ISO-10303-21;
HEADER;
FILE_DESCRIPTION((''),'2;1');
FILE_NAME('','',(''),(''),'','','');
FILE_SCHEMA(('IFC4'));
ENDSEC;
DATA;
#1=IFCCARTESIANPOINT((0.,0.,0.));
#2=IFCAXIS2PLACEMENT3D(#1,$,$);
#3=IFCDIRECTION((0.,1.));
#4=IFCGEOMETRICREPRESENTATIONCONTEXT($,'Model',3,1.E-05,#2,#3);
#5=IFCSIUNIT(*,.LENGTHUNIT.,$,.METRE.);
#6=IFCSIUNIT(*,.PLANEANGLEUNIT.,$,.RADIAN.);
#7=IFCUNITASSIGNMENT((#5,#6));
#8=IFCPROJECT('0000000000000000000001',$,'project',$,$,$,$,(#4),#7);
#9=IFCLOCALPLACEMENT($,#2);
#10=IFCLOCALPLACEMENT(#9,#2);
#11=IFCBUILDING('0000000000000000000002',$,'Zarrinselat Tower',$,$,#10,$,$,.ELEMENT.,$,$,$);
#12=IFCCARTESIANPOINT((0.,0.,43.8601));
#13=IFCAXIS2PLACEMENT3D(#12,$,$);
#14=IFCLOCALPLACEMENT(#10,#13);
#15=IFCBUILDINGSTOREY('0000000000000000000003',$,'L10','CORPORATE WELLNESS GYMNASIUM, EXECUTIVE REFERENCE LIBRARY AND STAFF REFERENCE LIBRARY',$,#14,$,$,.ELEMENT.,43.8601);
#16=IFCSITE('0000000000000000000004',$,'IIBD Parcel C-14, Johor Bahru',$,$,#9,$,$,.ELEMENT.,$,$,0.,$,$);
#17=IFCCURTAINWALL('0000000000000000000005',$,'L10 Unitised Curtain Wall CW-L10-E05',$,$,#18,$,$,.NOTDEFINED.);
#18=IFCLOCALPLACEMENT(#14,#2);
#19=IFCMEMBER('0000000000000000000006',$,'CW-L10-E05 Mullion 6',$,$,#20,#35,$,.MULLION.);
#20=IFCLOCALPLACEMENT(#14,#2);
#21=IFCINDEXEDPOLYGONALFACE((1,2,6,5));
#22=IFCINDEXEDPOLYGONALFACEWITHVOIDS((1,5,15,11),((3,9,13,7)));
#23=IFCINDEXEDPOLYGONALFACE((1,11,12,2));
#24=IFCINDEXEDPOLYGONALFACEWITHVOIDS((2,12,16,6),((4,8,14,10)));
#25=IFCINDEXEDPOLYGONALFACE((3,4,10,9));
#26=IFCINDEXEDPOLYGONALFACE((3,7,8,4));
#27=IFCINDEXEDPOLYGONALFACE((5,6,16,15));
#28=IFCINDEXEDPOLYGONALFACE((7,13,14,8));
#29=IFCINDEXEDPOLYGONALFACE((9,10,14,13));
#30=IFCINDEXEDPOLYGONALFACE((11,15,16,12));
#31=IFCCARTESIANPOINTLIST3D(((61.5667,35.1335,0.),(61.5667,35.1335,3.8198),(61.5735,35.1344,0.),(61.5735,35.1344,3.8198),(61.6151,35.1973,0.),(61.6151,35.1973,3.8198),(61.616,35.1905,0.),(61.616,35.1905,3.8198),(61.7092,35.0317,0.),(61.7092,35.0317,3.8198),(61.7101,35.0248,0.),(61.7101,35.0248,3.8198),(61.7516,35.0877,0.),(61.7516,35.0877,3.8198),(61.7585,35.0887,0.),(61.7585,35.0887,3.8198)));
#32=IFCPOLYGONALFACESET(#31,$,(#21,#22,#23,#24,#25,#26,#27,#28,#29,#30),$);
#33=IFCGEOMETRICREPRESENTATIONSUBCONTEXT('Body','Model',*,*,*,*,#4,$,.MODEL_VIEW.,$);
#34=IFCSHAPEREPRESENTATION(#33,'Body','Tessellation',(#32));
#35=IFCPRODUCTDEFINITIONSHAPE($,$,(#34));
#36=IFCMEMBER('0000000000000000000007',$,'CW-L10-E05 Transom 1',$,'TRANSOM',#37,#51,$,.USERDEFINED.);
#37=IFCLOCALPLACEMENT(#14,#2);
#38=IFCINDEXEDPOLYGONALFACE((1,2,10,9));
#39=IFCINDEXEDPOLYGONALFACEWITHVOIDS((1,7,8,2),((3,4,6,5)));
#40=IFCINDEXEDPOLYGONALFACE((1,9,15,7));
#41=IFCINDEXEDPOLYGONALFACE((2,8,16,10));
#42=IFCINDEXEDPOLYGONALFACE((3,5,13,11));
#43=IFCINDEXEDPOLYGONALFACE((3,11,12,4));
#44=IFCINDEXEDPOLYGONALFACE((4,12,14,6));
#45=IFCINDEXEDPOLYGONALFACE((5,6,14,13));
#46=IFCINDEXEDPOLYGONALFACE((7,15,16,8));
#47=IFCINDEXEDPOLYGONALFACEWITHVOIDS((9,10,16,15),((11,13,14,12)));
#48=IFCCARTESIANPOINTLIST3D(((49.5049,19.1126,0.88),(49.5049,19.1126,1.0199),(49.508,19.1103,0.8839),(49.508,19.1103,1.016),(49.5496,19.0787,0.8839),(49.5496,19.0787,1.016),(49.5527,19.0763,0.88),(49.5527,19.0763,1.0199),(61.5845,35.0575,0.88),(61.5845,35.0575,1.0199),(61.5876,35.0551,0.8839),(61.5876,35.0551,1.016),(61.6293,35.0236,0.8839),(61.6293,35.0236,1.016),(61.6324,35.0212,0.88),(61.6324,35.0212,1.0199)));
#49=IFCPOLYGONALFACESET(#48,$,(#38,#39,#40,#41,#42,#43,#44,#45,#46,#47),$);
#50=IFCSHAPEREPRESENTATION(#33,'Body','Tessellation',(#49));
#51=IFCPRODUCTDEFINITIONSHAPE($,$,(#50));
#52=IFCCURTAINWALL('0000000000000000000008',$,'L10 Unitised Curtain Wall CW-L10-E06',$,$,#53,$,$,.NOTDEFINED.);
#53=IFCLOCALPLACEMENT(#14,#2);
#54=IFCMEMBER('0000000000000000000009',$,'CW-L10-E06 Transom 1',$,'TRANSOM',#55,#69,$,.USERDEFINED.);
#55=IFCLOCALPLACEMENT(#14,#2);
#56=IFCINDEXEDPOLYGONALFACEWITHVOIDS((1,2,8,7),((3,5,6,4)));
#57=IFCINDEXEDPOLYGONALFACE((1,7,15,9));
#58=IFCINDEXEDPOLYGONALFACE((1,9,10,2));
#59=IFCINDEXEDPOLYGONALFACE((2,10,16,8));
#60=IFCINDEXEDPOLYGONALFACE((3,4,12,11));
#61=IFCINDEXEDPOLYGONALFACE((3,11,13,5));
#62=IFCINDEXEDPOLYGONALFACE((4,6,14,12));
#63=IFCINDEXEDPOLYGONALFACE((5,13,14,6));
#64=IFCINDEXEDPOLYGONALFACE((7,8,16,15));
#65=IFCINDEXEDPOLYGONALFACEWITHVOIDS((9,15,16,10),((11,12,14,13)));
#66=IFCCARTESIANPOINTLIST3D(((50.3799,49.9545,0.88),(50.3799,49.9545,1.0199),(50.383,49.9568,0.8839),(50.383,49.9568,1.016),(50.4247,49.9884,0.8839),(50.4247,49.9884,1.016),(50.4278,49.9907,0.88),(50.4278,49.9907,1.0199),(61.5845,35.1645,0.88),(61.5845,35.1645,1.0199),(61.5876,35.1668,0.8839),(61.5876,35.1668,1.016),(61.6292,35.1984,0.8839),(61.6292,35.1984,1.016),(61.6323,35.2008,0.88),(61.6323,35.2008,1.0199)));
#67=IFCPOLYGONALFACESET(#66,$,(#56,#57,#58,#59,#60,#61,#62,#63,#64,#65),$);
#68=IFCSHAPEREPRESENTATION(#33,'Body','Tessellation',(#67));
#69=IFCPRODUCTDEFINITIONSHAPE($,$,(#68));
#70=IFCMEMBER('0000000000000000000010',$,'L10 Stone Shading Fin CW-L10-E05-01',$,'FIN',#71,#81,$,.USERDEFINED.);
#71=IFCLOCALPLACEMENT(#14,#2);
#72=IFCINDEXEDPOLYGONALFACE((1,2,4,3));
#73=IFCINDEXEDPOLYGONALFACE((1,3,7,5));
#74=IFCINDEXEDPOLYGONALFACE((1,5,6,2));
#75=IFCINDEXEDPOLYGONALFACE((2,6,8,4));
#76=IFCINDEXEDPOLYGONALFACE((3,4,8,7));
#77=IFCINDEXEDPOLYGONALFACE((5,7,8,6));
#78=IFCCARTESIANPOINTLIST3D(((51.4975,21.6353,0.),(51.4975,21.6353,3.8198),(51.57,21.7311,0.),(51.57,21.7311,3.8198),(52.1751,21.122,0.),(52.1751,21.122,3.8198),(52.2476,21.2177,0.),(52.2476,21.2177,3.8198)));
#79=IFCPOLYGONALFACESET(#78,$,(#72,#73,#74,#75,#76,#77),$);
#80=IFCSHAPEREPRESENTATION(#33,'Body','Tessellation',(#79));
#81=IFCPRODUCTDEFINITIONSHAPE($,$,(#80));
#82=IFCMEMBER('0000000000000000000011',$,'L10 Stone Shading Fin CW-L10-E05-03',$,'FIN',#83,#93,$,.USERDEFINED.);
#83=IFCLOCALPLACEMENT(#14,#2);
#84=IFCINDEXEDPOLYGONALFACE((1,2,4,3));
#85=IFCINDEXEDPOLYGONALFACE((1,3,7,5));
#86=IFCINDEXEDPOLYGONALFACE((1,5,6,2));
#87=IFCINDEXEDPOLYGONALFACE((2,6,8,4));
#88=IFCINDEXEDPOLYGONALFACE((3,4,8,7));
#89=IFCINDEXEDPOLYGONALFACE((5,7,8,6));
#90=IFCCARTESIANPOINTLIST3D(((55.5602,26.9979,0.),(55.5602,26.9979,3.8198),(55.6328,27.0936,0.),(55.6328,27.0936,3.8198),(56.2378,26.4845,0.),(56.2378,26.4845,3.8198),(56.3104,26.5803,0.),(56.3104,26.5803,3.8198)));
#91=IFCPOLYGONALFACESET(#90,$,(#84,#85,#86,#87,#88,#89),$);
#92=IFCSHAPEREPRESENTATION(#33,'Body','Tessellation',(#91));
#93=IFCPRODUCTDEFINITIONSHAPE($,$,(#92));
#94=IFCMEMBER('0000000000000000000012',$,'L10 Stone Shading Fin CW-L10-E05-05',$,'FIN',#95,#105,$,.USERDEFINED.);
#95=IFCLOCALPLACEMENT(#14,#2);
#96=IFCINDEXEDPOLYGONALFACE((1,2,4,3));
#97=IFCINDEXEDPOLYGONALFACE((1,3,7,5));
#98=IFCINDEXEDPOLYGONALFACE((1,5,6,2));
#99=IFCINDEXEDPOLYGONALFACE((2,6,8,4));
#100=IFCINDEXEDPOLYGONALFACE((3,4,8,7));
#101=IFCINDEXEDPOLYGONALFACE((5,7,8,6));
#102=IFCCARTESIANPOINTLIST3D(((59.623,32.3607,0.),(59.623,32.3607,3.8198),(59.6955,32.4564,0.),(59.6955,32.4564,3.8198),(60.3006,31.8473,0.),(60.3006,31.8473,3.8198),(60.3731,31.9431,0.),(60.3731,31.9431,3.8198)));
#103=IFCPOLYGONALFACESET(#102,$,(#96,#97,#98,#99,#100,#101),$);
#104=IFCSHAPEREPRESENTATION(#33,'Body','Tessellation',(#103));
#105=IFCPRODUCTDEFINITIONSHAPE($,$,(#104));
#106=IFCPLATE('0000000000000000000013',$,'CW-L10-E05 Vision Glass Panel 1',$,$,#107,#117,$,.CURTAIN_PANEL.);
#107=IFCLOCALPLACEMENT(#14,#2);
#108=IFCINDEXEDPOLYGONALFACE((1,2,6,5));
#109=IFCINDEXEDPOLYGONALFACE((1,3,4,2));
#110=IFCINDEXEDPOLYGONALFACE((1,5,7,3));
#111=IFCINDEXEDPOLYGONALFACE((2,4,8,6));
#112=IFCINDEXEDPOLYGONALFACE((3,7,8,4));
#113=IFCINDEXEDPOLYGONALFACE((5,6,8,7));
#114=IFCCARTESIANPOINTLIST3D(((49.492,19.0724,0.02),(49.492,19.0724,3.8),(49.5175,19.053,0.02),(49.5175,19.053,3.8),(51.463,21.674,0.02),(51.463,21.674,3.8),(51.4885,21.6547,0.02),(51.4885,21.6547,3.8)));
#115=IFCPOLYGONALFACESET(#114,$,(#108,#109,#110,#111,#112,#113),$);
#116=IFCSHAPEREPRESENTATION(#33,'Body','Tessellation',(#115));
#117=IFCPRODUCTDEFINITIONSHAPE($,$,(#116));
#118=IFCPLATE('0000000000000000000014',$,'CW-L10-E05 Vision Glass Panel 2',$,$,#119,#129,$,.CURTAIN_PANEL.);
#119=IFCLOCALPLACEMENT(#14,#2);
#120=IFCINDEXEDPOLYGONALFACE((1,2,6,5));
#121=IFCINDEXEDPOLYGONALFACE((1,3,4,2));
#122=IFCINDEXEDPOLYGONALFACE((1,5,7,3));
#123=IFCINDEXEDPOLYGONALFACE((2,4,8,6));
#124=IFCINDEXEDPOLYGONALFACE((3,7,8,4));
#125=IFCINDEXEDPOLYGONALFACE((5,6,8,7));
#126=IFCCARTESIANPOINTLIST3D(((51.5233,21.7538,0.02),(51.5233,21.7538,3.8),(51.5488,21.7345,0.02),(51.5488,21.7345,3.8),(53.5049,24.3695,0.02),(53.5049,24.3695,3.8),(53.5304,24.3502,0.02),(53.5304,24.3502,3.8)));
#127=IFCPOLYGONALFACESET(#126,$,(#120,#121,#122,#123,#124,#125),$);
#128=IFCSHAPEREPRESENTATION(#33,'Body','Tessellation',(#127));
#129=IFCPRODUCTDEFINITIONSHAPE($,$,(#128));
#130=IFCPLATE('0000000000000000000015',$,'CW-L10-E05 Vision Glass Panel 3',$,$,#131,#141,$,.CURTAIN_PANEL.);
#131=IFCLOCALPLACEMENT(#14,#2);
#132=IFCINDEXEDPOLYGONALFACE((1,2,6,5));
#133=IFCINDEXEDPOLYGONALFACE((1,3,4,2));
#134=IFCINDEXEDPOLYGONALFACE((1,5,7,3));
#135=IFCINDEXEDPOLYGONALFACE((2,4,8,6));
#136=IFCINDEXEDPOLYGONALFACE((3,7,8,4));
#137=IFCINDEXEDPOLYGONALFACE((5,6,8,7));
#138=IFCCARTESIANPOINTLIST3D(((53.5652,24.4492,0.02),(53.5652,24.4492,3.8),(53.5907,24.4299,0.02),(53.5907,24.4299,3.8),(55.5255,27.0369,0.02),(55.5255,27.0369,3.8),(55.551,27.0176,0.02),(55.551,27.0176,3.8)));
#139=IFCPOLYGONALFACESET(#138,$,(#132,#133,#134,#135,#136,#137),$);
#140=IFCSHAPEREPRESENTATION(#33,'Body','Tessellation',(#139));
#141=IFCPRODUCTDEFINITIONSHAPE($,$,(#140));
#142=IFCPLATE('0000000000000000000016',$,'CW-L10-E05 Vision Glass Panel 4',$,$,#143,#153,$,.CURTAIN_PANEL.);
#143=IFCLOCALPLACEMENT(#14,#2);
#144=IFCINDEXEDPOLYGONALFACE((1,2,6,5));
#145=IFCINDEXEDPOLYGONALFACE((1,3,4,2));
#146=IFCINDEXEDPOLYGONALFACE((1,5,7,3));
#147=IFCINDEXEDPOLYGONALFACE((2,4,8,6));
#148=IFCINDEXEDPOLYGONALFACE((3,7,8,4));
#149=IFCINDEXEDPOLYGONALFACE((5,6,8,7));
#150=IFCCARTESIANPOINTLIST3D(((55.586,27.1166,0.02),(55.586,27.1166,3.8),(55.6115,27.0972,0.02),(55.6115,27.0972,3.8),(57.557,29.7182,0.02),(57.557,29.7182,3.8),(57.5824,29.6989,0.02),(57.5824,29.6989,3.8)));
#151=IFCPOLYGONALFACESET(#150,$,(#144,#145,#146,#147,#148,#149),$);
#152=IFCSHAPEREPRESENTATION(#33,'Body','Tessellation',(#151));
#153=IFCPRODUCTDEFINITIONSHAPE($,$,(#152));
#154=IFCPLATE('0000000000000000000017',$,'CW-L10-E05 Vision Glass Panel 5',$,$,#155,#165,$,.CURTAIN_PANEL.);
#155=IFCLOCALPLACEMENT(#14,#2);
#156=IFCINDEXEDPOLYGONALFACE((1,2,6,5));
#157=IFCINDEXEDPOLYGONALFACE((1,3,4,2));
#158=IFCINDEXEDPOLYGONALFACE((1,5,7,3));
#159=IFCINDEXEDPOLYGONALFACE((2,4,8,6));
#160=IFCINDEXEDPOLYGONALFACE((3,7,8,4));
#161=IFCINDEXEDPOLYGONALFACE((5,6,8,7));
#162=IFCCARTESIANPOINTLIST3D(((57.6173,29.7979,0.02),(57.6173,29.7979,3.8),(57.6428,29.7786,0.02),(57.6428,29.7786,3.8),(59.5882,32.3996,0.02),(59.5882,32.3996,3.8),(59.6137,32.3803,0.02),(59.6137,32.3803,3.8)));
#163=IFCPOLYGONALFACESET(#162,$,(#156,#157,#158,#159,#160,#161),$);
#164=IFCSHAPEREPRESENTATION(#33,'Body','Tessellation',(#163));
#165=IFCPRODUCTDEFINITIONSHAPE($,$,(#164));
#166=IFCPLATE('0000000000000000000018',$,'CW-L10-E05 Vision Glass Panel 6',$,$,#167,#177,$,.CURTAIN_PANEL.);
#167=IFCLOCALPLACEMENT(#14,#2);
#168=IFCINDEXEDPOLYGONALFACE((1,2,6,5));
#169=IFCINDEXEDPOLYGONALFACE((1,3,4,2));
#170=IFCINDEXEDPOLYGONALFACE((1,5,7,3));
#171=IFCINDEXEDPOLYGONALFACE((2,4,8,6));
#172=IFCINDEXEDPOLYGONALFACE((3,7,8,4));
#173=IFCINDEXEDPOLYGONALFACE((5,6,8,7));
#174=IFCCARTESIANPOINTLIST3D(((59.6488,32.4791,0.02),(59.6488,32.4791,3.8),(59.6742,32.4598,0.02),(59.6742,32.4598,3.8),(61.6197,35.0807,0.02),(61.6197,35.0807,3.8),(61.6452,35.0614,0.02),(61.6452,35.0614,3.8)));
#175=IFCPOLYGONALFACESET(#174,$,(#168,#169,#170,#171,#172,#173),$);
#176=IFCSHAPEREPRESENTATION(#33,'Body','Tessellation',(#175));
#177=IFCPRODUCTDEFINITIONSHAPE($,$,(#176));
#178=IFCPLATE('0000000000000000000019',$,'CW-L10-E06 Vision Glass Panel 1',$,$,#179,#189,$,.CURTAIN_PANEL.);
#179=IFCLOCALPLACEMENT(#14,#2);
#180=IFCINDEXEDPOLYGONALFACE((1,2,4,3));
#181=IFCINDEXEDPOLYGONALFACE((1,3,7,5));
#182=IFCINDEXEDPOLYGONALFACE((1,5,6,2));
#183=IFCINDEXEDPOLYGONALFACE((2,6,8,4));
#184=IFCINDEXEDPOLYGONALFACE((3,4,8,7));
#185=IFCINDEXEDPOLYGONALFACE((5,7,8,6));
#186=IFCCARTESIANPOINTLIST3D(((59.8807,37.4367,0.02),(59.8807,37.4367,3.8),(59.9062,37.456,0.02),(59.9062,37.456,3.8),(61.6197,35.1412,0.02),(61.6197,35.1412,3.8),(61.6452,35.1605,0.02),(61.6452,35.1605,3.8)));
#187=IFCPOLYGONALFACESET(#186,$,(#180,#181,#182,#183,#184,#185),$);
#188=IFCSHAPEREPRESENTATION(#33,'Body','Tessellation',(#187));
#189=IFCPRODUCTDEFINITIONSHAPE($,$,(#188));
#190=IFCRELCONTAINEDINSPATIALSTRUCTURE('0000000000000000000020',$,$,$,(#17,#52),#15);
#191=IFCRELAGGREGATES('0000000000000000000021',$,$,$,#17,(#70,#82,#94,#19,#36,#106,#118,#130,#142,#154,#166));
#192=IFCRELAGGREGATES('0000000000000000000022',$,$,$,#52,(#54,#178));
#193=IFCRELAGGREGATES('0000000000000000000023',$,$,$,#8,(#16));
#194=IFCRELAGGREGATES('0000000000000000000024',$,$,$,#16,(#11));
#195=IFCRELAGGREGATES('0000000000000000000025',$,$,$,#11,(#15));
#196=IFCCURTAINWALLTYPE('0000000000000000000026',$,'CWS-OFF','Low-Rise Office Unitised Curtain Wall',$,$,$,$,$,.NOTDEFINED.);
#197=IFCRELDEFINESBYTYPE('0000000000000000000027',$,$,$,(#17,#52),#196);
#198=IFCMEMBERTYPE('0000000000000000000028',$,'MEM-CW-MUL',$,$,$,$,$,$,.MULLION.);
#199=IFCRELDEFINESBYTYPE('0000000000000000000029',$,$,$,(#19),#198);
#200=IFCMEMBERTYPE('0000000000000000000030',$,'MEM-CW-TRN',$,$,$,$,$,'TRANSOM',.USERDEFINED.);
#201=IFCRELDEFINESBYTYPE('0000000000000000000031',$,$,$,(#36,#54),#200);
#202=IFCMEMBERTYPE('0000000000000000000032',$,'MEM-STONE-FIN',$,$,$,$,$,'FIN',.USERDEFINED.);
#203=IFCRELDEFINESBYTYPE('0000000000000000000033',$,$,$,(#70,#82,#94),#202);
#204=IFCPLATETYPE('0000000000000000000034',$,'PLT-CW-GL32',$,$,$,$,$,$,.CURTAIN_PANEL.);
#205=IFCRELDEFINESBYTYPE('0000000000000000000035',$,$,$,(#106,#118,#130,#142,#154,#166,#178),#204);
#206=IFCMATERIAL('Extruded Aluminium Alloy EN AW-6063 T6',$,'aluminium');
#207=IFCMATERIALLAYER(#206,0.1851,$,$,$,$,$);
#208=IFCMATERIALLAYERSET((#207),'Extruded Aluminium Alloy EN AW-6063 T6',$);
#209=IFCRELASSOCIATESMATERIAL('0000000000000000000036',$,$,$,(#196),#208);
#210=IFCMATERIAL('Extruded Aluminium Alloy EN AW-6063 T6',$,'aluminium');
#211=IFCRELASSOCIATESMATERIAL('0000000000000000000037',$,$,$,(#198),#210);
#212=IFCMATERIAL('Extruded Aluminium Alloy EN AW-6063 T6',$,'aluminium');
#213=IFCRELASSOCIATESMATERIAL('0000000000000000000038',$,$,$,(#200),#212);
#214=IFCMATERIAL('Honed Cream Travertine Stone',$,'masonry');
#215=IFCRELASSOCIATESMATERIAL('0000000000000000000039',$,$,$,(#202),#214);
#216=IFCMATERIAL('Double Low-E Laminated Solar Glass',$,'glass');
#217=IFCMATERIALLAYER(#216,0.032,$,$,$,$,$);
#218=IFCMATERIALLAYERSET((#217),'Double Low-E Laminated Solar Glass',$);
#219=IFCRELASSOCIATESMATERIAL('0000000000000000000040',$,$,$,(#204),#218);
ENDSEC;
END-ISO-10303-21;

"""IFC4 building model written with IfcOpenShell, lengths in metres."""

from ifc_helpers import new_model, si_unit, direction, frame, origin, origin_2d, place, context, subcontext, project, spatial, rectangle, hollow_rectangle, extrude, material, layer, layer_set, material_profile, profile_set, type_object, element, aggregate, save


model = new_model("IFC4")

# Units and contexts
model_context = context("Model", 3, precision=1e-05, world=origin(), true_north=direction((0.0, 1.0)))
body_context = subcontext(model_context, "Body", "Model", "MODEL_VIEW")
ifc_project = project(units=[si_unit("LENGTHUNIT", "METRE"), si_unit("PLANEANGLEUNIT", "RADIAN")], contexts=[model_context])

# Site, building, storey
site_placement = place(None, origin())
site = spatial("IfcSite", under=ifc_project, at=site_placement, Name="IIBD Parcel C-14, Johor Bahru", CompositionType="ELEMENT", RefElevation=0.0)
building_placement = place(site_placement, origin())
building = spatial("IfcBuilding", under=site, at=building_placement, Name="Zarrinselat Tower", CompositionType="ELEMENT")
storey_placement = place(building_placement, frame((0.0, 0.0, 43.8601)))
storey = spatial("IfcBuildingStorey", under=building, at=storey_placement, Name="L10", Description="CORPORATE WELLNESS GYMNASIUM, EXECUTIVE REFERENCE LIBRARY AND STAFF REFERENCE LIBRARY", CompositionType="ELEMENT", Elevation=43.8601)

# Shared definitions
ifc_material_1 = material(Name="Extruded Aluminium Alloy EN AW-6063 T6", Category="aluminium")
ifc_layer_1 = layer(ifc_material_1, 0.1851)
ifc_layer_set_1 = layer_set([ifc_layer_1], Name="Extruded Aluminium Alloy EN AW-6063 T6")
curtain_wall_type = type_object("IfcCurtainWallType", Name="CWS-OFF", Description="Low-Rise Office Unitised Curtain Wall", PredefinedType="NOTDEFINED", material=ifc_layer_set_1)
ifc_material_2 = material(Name="Extruded Aluminium Alloy EN AW-6063 T6", Category="aluminium")
ifc_material_profile_1 = material_profile(ifc_material_2, hollow_rectangle(XDim=0.0801, YDim=0.1799, WallThickness=0.0049, at=origin_2d()), Name="RHS 180x80x5")
ifc_profile_set_1 = profile_set([ifc_material_profile_1], Name="Extruded Aluminium Alloy EN AW-6063 T6")
member_type_1 = type_object("IfcMemberType", Name="MEM-CW-MUL", PredefinedType="MULLION", material=ifc_profile_set_1)

# Curtain wall, members
curtain_wall_1_placement = place(storey_placement, origin())
curtain_wall_1 = element("IfcCurtainWall", 1, at=curtain_wall_1_placement, inside=storey, type_object=curtain_wall_type, Name="L10 Unitised Curtain Wall CW-L10-E05", PredefinedType="NOTDEFINED")
member_1_placement = place(storey_placement, frame((61.6626, 35.1111, 0.0), z_axis=(0.0, 0.0, 1.0), x_axis=(0.603859, 0.797091, 0.0)))
member_1 = element("IfcMember", 2, at=member_1_placement, type_object=member_type_1, Name="CW-L10-E05 Mullion 6", PredefinedType="MULLION", context=body_context, shape_type="SweptSolid", body=[
    extrude(hollow_rectangle(XDim=0.0801, YDim=0.1799, WallThickness=0.0049, at=origin_2d()), origin(), (0.0, 0.0, 1.0), 3.8198),
])
ifc_material_3 = material(Name="Extruded Aluminium Alloy EN AW-6063 T6", Category="aluminium")
ifc_material_profile_2 = material_profile(ifc_material_3, hollow_rectangle(XDim=0.0601, YDim=0.1399, WallThickness=0.0039, at=origin_2d()), Name="RHS 140x60x4")
ifc_profile_set_2 = profile_set([ifc_material_profile_2], Name="Extruded Aluminium Alloy EN AW-6063 T6")
member_type_2 = type_object("IfcMemberType", Name="MEM-CW-TRN", ElementType="TRANSOM", PredefinedType="USERDEFINED", material=ifc_profile_set_2)
member_2_placement = place(storey_placement, frame((49.5288, 19.0945, 0.95), z_axis=(0.603863, 0.797088, 0.0), x_axis=(-0.797088, 0.603863, 0.0)))
member_2 = element("IfcMember", 3, at=member_2_placement, type_object=member_type_2, Name="CW-L10-E05 Transom 1", ObjectType="TRANSOM", PredefinedType="USERDEFINED", context=body_context, shape_type="SweptSolid", body=[
    extrude(hollow_rectangle(XDim=0.0601, YDim=0.1399, WallThickness=0.0039, at=origin_2d()), origin(), (0.0, 0.0, 1.0), 20.0039),
])

# Curtain wall, member
curtain_wall_2_placement = place(storey_placement, origin())
curtain_wall_2 = element("IfcCurtainWall", 4, at=curtain_wall_2_placement, inside=storey, type_object=curtain_wall_type, Name="L10 Unitised Curtain Wall CW-L10-E06", PredefinedType="NOTDEFINED")
member_3_placement = place(storey_placement, frame((61.6084, 35.1826, 0.95), z_axis=(-0.603858, 0.797092, 0.0), x_axis=(-0.797092, -0.603858, 0.0)))
member_3 = element("IfcMember", 5, at=member_3_placement, type_object=member_type_2, Name="CW-L10-E06 Transom 1", ObjectType="TRANSOM", PredefinedType="USERDEFINED", context=body_context, shape_type="SweptSolid", body=[
    extrude(hollow_rectangle(XDim=0.0601, YDim=0.1399, WallThickness=0.0039, at=origin_2d()), origin(), (0.0, 0.0, 1.0), 18.5549),
])

# Members
ifc_material_4 = material(Name="Honed Cream Travertine Stone", Category="masonry")
ifc_material_profile_3 = material_profile(ifc_material_4, rectangle(XDim=0.1201, YDim=0.8501, at=origin_2d()), Name="FIN 850x120")
ifc_profile_set_3 = profile_set([ifc_material_profile_3], Name="Honed Cream Travertine Stone")
member_type_3 = type_object("IfcMemberType", Name="MEM-STONE-FIN", ElementType="FIN", PredefinedType="USERDEFINED", material=ifc_profile_set_3)
member_4_placement = place(storey_placement, frame((51.8726, 21.4265, 0.0), z_axis=(0.0, 0.0, 1.0), x_axis=(-0.603859, -0.797091, 0.0)))
member_4 = element("IfcMember", 6, at=member_4_placement, type_object=member_type_3, Name="L10 Stone Shading Fin CW-L10-E05-01", ObjectType="FIN", PredefinedType="USERDEFINED", context=body_context, shape_type="SweptSolid", body=[
    extrude(rectangle(XDim=0.1201, YDim=0.8501, at=origin_2d()), origin(), (0.0, 0.0, 1.0), 3.8198),
])
member_5_placement = place(storey_placement, frame((55.9353, 26.7891, 0.0), z_axis=(0.0, 0.0, 1.0), x_axis=(-0.603859, -0.797091, 0.0)))
member_5 = element("IfcMember", 7, at=member_5_placement, type_object=member_type_3, Name="L10 Stone Shading Fin CW-L10-E05-03", ObjectType="FIN", PredefinedType="USERDEFINED", context=body_context, shape_type="SweptSolid", body=[
    extrude(rectangle(XDim=0.1201, YDim=0.8501, at=origin_2d()), origin(), (0.0, 0.0, 1.0), 3.8198),
])
member_6_placement = place(storey_placement, frame((59.998, 32.1519, 0.0), z_axis=(0.0, 0.0, 1.0), x_axis=(-0.603859, -0.797091, 0.0)))
member_6 = element("IfcMember", 8, at=member_6_placement, type_object=member_type_3, Name="L10 Stone Shading Fin CW-L10-E05-05", ObjectType="FIN", PredefinedType="USERDEFINED", context=body_context, shape_type="SweptSolid", body=[
    extrude(rectangle(XDim=0.1201, YDim=0.8501, at=origin_2d()), origin(), (0.0, 0.0, 1.0), 3.8198),
])

# Plates
ifc_material_5 = material(Name="Double Low-E Laminated Solar Glass", Category="glass")
ifc_layer_2 = layer(ifc_material_5, 0.032)
ifc_layer_set_2 = layer_set([ifc_layer_2], Name="Double Low-E Laminated Solar Glass")
plate_type = type_object("IfcPlateType", Name="PLT-CW-GL32", PredefinedType="CURTAIN_PANEL", material=ifc_layer_set_2)
plate_1_placement = place(storey_placement, frame((50.4902, 20.3635, 0.02), z_axis=(0.0, 0.0, 1.0), x_axis=(0.603859, 0.797091, 0.0)))
plate_1 = element("IfcPlate", 9, at=plate_1_placement, type_object=plate_type, Name="CW-L10-E05 Vision Glass Panel 1", PredefinedType="CURTAIN_PANEL", context=body_context, shape_type="SweptSolid", body=[
    extrude(rectangle(XDim=3.2639, YDim=0.032, at=origin_2d()), origin(), (0.0, 0.0, 1.0), 3.78),
])
plate_2_placement = place(storey_placement, frame((52.5269, 23.052, 0.02), z_axis=(0.0, 0.0, 1.0), x_axis=(0.603859, 0.797091, 0.0)))
plate_2 = element("IfcPlate", 10, at=plate_2_placement, type_object=plate_type, Name="CW-L10-E05 Vision Glass Panel 2", PredefinedType="CURTAIN_PANEL", context=body_context, shape_type="SweptSolid", body=[
    extrude(rectangle(XDim=3.2815, YDim=0.032, at=origin_2d()), origin(), (0.0, 0.0, 1.0), 3.78),
])
plate_3_placement = place(storey_placement, frame((54.5581, 25.7334, 0.02), z_axis=(0.0, 0.0, 1.0), x_axis=(0.603859, 0.797091, 0.0)))
plate_3 = element("IfcPlate", 11, at=plate_3_placement, type_object=plate_type, Name="CW-L10-E05 Vision Glass Panel 3", PredefinedType="CURTAIN_PANEL", context=body_context, shape_type="SweptSolid", body=[
    extrude(rectangle(XDim=3.2463, YDim=0.032, at=origin_2d()), origin(), (0.0, 0.0, 1.0), 3.78),
])
plate_4_placement = place(storey_placement, frame((56.5842, 28.4077, 0.02), z_axis=(0.0, 0.0, 1.0), x_axis=(0.603859, 0.797091, 0.0)))
plate_4 = element("IfcPlate", 12, at=plate_4_placement, type_object=plate_type, Name="CW-L10-E05 Vision Glass Panel 4", PredefinedType="CURTAIN_PANEL", context=body_context, shape_type="SweptSolid", body=[
    extrude(rectangle(XDim=3.2639, YDim=0.032, at=origin_2d()), origin(), (0.0, 0.0, 1.0), 3.78),
])
plate_5_placement = place(storey_placement, frame((58.6155, 31.0891, 0.02), z_axis=(0.0, 0.0, 1.0), x_axis=(0.603859, 0.797091, 0.0)))
plate_5 = element("IfcPlate", 13, at=plate_5_placement, type_object=plate_type, Name="CW-L10-E05 Vision Glass Panel 5", PredefinedType="CURTAIN_PANEL", context=body_context, shape_type="SweptSolid", body=[
    extrude(rectangle(XDim=3.2639, YDim=0.032, at=origin_2d()), origin(), (0.0, 0.0, 1.0), 3.78),
])
plate_6_placement = place(storey_placement, frame((60.647, 33.7703, 0.02), z_axis=(0.0, 0.0, 1.0), x_axis=(0.603859, 0.797091, 0.0)))
plate_6 = element("IfcPlate", 14, at=plate_6_placement, type_object=plate_type, Name="CW-L10-E05 Vision Glass Panel 6", PredefinedType="CURTAIN_PANEL", context=body_context, shape_type="SweptSolid", body=[
    extrude(rectangle(XDim=3.2639, YDim=0.032, at=origin_2d()), origin(), (0.0, 0.0, 1.0), 3.78),
])
aggregate(curtain_wall_1, [member_4, member_5, member_6, member_1, member_2, plate_1, plate_2, plate_3, plate_4, plate_5, plate_6])
plate_7_placement = place(storey_placement, frame((60.7629, 36.2986, 0.02), z_axis=(0.0, 0.0, 1.0), x_axis=(-0.603858, 0.797092, 0.0)))
plate_7 = element("IfcPlate", 15, at=plate_7_placement, type_object=plate_type, Name="CW-L10-E06 Vision Glass Panel 1", PredefinedType="CURTAIN_PANEL", context=body_context, shape_type="SweptSolid", body=[
    extrude(rectangle(XDim=2.8799, YDim=0.032, at=origin_2d()), origin(), (0.0, 0.0, 1.0), 3.78),
])
aggregate(curtain_wall_2, [member_3, plate_7])

save(model, "model.ifc")
